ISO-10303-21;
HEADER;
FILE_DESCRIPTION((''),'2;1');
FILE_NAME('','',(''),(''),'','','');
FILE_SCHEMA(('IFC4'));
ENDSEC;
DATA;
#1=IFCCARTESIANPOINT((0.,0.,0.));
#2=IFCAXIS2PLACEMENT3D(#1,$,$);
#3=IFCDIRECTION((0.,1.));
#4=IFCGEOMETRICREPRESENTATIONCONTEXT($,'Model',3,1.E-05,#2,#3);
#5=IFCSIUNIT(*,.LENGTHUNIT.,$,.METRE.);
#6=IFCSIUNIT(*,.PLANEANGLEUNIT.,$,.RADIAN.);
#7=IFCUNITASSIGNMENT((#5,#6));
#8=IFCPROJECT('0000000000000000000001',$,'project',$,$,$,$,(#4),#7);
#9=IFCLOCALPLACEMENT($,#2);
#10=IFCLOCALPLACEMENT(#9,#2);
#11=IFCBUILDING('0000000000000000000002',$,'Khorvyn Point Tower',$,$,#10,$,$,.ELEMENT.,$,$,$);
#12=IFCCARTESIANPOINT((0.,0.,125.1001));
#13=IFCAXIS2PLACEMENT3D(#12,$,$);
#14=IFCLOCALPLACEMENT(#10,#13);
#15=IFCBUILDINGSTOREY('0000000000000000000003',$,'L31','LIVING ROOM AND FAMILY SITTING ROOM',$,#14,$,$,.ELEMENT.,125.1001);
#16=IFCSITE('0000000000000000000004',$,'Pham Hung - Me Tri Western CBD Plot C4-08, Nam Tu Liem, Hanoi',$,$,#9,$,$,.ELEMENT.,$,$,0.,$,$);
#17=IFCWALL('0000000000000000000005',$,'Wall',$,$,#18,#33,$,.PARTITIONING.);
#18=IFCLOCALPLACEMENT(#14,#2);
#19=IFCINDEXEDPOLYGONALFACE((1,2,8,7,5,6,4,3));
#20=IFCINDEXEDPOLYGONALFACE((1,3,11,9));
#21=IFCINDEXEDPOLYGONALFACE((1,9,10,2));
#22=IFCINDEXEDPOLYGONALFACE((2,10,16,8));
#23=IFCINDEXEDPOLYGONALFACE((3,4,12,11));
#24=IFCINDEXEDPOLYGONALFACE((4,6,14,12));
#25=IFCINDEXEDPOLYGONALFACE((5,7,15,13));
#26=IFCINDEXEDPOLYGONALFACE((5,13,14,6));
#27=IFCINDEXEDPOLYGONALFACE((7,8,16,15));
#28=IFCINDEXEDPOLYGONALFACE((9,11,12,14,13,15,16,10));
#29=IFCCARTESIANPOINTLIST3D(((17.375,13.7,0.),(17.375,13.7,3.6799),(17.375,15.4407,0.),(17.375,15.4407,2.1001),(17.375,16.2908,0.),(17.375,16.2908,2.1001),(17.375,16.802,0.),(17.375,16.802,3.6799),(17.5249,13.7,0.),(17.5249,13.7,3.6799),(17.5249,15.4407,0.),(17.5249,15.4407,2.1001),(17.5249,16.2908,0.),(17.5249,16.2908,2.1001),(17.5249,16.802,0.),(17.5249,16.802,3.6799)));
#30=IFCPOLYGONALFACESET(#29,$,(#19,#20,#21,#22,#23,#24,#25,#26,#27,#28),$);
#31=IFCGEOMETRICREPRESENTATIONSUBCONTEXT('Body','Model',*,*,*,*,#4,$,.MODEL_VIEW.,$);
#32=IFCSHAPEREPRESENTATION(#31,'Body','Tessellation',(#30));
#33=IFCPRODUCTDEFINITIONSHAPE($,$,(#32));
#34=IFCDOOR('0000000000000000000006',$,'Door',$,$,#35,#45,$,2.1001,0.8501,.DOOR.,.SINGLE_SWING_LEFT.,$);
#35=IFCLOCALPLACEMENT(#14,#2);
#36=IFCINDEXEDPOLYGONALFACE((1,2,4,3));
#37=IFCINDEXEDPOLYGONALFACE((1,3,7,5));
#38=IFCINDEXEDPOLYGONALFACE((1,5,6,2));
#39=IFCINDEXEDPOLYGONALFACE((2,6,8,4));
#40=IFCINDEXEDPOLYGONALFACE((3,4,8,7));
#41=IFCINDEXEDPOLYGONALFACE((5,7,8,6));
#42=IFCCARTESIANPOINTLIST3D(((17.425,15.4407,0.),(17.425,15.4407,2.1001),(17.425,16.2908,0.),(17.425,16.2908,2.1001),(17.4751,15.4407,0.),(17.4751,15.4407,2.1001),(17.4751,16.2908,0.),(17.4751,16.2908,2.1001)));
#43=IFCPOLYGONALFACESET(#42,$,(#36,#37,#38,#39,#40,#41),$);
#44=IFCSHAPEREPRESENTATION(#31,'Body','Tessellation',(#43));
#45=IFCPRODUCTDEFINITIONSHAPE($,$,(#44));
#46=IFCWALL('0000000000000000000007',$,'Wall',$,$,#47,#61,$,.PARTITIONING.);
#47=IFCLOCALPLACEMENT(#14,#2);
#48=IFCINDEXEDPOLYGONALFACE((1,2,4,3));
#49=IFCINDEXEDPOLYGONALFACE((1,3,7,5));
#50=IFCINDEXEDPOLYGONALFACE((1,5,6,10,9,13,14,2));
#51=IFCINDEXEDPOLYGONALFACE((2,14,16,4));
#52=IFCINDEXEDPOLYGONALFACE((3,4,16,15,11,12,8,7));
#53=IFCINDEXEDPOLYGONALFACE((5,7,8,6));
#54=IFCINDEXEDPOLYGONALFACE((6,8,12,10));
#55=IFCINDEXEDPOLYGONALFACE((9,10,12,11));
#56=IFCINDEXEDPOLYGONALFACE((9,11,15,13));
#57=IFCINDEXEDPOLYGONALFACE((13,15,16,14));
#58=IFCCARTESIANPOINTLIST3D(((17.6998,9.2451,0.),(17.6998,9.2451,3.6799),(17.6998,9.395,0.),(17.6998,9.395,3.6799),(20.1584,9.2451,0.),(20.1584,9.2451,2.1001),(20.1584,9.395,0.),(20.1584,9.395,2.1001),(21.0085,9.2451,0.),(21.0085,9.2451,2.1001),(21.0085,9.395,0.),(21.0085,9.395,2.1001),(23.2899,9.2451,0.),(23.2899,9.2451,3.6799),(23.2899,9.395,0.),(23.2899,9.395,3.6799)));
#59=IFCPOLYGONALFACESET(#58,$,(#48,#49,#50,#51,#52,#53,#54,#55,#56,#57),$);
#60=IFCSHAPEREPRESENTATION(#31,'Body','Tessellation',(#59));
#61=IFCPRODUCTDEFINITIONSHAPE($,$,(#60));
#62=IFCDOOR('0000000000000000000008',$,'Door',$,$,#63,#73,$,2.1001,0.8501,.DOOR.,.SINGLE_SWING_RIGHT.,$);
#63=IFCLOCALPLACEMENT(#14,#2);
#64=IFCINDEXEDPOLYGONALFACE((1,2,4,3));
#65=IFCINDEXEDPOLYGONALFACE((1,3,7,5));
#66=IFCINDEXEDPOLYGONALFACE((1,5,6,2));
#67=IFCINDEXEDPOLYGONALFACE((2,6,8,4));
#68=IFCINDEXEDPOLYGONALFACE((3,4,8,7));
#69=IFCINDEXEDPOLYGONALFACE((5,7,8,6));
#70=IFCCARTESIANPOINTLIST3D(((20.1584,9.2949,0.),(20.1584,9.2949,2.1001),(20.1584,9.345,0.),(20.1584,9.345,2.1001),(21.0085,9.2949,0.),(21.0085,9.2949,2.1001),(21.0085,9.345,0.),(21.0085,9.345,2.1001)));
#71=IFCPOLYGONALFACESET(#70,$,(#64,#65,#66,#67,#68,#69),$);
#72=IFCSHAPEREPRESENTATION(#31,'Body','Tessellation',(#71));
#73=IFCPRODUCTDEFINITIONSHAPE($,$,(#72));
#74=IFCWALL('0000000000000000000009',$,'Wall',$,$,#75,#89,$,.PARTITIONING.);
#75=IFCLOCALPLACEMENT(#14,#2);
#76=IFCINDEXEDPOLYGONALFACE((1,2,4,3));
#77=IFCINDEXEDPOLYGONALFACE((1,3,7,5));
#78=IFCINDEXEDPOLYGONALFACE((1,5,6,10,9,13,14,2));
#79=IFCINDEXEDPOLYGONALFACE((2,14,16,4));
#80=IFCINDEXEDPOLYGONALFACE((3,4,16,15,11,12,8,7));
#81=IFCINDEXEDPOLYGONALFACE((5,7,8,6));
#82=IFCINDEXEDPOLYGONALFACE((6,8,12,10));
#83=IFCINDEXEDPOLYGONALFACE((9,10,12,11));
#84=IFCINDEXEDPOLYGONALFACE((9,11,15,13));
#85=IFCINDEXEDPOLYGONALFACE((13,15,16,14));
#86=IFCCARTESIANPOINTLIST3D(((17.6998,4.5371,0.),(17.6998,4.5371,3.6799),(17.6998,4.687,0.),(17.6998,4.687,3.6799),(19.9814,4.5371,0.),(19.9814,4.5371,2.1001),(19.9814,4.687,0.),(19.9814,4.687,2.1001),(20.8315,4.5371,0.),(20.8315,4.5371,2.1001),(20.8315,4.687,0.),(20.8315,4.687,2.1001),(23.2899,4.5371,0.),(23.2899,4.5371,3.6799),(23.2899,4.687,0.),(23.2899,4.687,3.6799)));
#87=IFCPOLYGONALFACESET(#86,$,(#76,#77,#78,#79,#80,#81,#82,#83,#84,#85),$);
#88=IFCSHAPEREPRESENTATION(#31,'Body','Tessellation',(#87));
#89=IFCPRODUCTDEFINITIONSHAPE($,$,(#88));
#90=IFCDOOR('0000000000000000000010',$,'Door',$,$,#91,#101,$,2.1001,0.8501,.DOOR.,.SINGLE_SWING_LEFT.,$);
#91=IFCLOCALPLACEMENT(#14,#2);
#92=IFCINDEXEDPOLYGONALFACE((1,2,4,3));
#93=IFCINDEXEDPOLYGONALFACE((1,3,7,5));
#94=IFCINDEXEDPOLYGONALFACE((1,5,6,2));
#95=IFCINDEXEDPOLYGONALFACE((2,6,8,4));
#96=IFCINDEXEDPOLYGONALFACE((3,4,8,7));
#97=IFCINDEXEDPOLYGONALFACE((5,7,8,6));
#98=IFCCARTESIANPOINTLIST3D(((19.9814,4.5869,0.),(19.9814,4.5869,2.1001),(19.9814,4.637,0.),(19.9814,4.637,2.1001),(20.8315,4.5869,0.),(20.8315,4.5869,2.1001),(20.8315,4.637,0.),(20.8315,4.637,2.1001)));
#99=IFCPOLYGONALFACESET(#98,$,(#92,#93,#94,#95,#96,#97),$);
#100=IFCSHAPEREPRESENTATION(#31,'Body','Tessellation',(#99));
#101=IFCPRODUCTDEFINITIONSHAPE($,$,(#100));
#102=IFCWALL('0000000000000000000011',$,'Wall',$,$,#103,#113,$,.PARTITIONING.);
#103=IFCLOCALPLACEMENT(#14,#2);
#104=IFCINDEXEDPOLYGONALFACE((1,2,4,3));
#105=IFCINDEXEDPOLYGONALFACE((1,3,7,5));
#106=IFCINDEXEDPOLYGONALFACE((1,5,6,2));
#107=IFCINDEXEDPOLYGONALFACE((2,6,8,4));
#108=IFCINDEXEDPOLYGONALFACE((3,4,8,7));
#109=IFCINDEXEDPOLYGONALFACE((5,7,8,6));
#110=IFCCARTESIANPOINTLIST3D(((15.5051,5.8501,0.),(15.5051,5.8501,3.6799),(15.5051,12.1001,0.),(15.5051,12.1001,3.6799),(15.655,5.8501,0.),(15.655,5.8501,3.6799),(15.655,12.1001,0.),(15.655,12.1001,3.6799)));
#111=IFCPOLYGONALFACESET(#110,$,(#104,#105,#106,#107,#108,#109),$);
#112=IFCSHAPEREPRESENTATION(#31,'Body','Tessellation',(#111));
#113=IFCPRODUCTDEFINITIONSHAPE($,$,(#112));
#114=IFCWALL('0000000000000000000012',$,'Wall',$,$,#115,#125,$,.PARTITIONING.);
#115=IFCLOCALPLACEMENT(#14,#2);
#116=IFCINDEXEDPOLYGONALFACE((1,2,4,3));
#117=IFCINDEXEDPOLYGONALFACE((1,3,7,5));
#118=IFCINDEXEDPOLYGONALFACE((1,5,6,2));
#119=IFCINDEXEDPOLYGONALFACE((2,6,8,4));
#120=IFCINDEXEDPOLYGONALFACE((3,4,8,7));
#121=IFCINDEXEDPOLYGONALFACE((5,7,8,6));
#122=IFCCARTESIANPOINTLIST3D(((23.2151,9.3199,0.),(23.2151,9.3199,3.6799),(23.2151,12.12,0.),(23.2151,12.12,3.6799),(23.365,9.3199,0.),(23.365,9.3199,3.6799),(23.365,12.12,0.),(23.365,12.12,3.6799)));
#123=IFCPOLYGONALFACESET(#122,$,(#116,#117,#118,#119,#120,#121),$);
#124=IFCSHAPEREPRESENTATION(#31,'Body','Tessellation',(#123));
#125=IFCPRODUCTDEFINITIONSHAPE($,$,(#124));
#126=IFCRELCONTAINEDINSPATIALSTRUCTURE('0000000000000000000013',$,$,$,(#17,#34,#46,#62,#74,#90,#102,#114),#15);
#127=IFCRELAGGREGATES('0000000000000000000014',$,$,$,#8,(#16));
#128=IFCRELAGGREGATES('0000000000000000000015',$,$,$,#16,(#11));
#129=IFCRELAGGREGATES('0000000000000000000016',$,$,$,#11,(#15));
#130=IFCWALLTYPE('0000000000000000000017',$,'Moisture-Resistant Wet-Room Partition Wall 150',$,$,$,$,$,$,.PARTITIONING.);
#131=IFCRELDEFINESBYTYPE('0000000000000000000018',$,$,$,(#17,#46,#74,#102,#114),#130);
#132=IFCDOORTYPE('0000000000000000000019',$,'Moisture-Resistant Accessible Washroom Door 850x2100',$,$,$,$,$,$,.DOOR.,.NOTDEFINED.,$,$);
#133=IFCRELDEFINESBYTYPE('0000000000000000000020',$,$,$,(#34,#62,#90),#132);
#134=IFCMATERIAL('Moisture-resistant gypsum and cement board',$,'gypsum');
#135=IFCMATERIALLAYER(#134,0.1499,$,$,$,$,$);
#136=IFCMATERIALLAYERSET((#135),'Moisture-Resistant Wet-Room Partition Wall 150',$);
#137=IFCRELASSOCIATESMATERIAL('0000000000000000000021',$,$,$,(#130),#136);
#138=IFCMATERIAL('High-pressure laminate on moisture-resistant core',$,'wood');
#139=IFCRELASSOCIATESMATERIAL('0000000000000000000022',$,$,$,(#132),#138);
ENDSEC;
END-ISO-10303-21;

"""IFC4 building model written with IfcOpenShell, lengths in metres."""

from ifc_helpers import new_model, si_unit, direction, frame, frame_2d, origin, place, context, subcontext, project, spatial, rectangle, extrude, material, layer, layer_set, type_object, element, fill, save


model = new_model("IFC4")

# Units and contexts
model_context = context("Model", 3, precision=1e-05, world=origin(), true_north=direction((0.0, 1.0)))
body_context = subcontext(model_context, "Body", "Model", "MODEL_VIEW")
ifc_project = project(units=[si_unit("LENGTHUNIT", "METRE"), si_unit("PLANEANGLEUNIT", "RADIAN")], contexts=[model_context])

# Site, building, storey
site_placement = place(None, origin())
site = spatial("IfcSite", under=ifc_project, at=site_placement, Name="Pham Hung - Me Tri Western CBD Plot C4-08, Nam Tu Liem, Hanoi", CompositionType="ELEMENT", RefElevation=0.0)
building_placement = place(site_placement, origin())
building = spatial("IfcBuilding", under=site, at=building_placement, Name="Khorvyn Point Tower", CompositionType="ELEMENT")
storey_placement = place(building_placement, frame((0.0, 0.0, 125.1001)))
storey = spatial("IfcBuildingStorey", under=building, at=storey_placement, Name="L31", Description="LIVING ROOM AND FAMILY SITTING ROOM", CompositionType="ELEMENT", Elevation=125.1001)

# Walls, openings, doors
ifc_material_1 = material(Name="Moisture-resistant gypsum and cement board", Category="gypsum")
ifc_layer_1 = layer(ifc_material_1, 0.1499)
ifc_layer_set_1 = layer_set([ifc_layer_1], Name="Moisture-Resistant Wet-Room Partition Wall 150")
wall_type_1 = type_object("IfcWallType", Name="Moisture-Resistant Wet-Room Partition Wall 150", PredefinedType="PARTITIONING", material=ifc_layer_set_1)
wall_1_placement = place(storey_placement, frame((17.45, 13.7, 0.0), z_axis=(0.0, 0.0, 1.0), x_axis=(0.0, 1.0, 0.0)))
wall_1 = element("IfcWall", 1, at=wall_1_placement, inside=storey, type_object=wall_type_1, Name="Wall", PredefinedType="PARTITIONING", context=body_context, shape_type="SweptSolid", body=[
    extrude(rectangle(XDim=3.1021, YDim=0.1499, at=frame_2d((1.551, 0.0))), origin(), (0.0, 0.0, 1.0), 3.6799),
])
opening_1_placement = place(wall_1_placement, frame((1.7407, 0.0, 0.0)))
opening_1 = element("IfcOpeningElement", 2, at=opening_1_placement, cuts=wall_1, PredefinedType="OPENING", context=body_context, shape_type="SweptSolid", body=[
    extrude(rectangle(XDim=0.8501, YDim=2.1001, at=frame_2d((0.425, 1.05))), frame((0.0, 0.085, 0.0), z_axis=(0.0, -1.0, 0.0), x_axis=(1.0, 0.0, 0.0)), (0.0, 0.0, 1.0), 0.1699),
])
ifc_material_2 = material(Name="High-pressure laminate on moisture-resistant core", Category="wood")
door_type_1 = type_object("IfcDoorType", Name="Moisture-Resistant Accessible Washroom Door 850x2100", OperationType="NOTDEFINED", PredefinedType="DOOR", material=ifc_material_2)
door_1_placement = place(opening_1_placement, origin())
door_1 = element("IfcDoor", 3, at=door_1_placement, inside=storey, type_object=door_type_1, Name="Door", OperationType="SINGLE_SWING_LEFT", OverallHeight=2.1001, OverallWidth=0.8501, PredefinedType="DOOR", context=body_context, shape_type="SweptSolid", body=[
    extrude(rectangle(XDim=0.8501, YDim=2.1001, at=frame_2d((0.425, 1.05))), frame((0.0, 0.0249, 0.0), z_axis=(0.0, -1.0, 0.0), x_axis=(1.0, 0.0, 0.0)), (0.0, 0.0, 1.0), 0.05),
])
fill(opening_1, door_1)
wall_2_placement = place(storey_placement, frame((17.7, 9.3201, 0.0), z_axis=(0.0, 0.0, 1.0), x_axis=(1.0, 0.0, 0.0)))
wall_2 = element("IfcWall", 4, at=wall_2_placement, inside=storey, type_object=wall_type_1, Name="Wall", PredefinedType="PARTITIONING", context=body_context, shape_type="SweptSolid", body=[
    extrude(rectangle(XDim=5.5901, YDim=0.1499, at=frame_2d((2.7949, 0.0))), origin(), (0.0, 0.0, 1.0), 3.6799),
])
opening_2_placement = place(wall_2_placement, frame((2.4585, 0.0, 0.0)))
opening_2 = element("IfcOpeningElement", 5, at=opening_2_placement, cuts=wall_2, PredefinedType="OPENING", context=body_context, shape_type="SweptSolid", body=[
    extrude(rectangle(XDim=0.8501, YDim=2.1001, at=frame_2d((0.425, 1.05))), frame((0.0, 0.085, 0.0), z_axis=(0.0, -1.0, 0.0), x_axis=(1.0, 0.0, 0.0)), (0.0, 0.0, 1.0), 0.1699),
])
door_2_placement = place(opening_2_placement, origin())
door_2 = element("IfcDoor", 6, at=door_2_placement, inside=storey, type_object=door_type_1, Name="Door", OperationType="SINGLE_SWING_RIGHT", OverallHeight=2.1001, OverallWidth=0.8501, PredefinedType="DOOR", context=body_context, shape_type="SweptSolid", body=[
    extrude(rectangle(XDim=0.8501, YDim=2.1001, at=frame_2d((0.425, 1.05))), frame((0.0, 0.0249, 0.0), z_axis=(0.0, -1.0, 0.0), x_axis=(1.0, 0.0, 0.0)), (0.0, 0.0, 1.0), 0.05),
])
fill(opening_2, door_2)
wall_3_placement = place(storey_placement, frame((17.7, 4.6121, 0.0), z_axis=(0.0, 0.0, 1.0), x_axis=(1.0, 0.0, 0.0)))
wall_3 = element("IfcWall", 7, at=wall_3_placement, inside=storey, type_object=wall_type_1, Name="Wall", PredefinedType="PARTITIONING", context=body_context, shape_type="SweptSolid", body=[
    extrude(rectangle(XDim=5.5901, YDim=0.1499, at=frame_2d((2.7949, 0.0))), origin(), (0.0, 0.0, 1.0), 3.6799),
])
opening_3_placement = place(wall_3_placement, frame((2.2815, 0.0, 0.0)))
opening_3 = element("IfcOpeningElement", 8, at=opening_3_placement, cuts=wall_3, PredefinedType="OPENING", context=body_context, shape_type="SweptSolid", body=[
    extrude(rectangle(XDim=0.8501, YDim=2.1001, at=frame_2d((0.425, 1.05))), frame((0.0, 0.085, 0.0), z_axis=(0.0, -1.0, 0.0), x_axis=(1.0, 0.0, 0.0)), (0.0, 0.0, 1.0), 0.1699),
])
door_3_placement = place(opening_3_placement, origin())
door_3 = element("IfcDoor", 9, at=door_3_placement, inside=storey, type_object=door_type_1, Name="Door", OperationType="SINGLE_SWING_LEFT", OverallHeight=2.1001, OverallWidth=0.8501, PredefinedType="DOOR", context=body_context, shape_type="SweptSolid", body=[
    extrude(rectangle(XDim=0.8501, YDim=2.1001, at=frame_2d((0.425, 1.05))), frame((0.0, 0.0249, 0.0), z_axis=(0.0, -1.0, 0.0), x_axis=(1.0, 0.0, 0.0)), (0.0, 0.0, 1.0), 0.05),
])
fill(opening_3, door_3)

# Walls
wall_4_placement = place(storey_placement, frame((15.5801, 5.8501, 0.0), z_axis=(0.0, 0.0, 1.0), x_axis=(0.0, 1.0, 0.0)))
element("IfcWall", 10, at=wall_4_placement, inside=storey, type_object=wall_type_1, Name="Wall", PredefinedType="PARTITIONING", context=body_context, shape_type="SweptSolid", body=[
    extrude(rectangle(XDim=6.25, YDim=0.1499, at=frame_2d((3.125, 0.0))), origin(), (0.0, 0.0, 1.0), 3.6799),
])
wall_5_placement = place(storey_placement, frame((23.29, 9.3201, 0.0), z_axis=(0.0, 0.0, 1.0), x_axis=(0.0, 1.0, 0.0)))
element("IfcWall", 11, at=wall_5_placement, inside=storey, type_object=wall_type_1, Name="Wall", PredefinedType="PARTITIONING", context=body_context, shape_type="SweptSolid", body=[
    extrude(rectangle(XDim=2.8, YDim=0.1499, at=frame_2d((1.3999, 0.0))), origin(), (0.0, 0.0, 1.0), 3.6799),
])

save(model, "model.ifc")
